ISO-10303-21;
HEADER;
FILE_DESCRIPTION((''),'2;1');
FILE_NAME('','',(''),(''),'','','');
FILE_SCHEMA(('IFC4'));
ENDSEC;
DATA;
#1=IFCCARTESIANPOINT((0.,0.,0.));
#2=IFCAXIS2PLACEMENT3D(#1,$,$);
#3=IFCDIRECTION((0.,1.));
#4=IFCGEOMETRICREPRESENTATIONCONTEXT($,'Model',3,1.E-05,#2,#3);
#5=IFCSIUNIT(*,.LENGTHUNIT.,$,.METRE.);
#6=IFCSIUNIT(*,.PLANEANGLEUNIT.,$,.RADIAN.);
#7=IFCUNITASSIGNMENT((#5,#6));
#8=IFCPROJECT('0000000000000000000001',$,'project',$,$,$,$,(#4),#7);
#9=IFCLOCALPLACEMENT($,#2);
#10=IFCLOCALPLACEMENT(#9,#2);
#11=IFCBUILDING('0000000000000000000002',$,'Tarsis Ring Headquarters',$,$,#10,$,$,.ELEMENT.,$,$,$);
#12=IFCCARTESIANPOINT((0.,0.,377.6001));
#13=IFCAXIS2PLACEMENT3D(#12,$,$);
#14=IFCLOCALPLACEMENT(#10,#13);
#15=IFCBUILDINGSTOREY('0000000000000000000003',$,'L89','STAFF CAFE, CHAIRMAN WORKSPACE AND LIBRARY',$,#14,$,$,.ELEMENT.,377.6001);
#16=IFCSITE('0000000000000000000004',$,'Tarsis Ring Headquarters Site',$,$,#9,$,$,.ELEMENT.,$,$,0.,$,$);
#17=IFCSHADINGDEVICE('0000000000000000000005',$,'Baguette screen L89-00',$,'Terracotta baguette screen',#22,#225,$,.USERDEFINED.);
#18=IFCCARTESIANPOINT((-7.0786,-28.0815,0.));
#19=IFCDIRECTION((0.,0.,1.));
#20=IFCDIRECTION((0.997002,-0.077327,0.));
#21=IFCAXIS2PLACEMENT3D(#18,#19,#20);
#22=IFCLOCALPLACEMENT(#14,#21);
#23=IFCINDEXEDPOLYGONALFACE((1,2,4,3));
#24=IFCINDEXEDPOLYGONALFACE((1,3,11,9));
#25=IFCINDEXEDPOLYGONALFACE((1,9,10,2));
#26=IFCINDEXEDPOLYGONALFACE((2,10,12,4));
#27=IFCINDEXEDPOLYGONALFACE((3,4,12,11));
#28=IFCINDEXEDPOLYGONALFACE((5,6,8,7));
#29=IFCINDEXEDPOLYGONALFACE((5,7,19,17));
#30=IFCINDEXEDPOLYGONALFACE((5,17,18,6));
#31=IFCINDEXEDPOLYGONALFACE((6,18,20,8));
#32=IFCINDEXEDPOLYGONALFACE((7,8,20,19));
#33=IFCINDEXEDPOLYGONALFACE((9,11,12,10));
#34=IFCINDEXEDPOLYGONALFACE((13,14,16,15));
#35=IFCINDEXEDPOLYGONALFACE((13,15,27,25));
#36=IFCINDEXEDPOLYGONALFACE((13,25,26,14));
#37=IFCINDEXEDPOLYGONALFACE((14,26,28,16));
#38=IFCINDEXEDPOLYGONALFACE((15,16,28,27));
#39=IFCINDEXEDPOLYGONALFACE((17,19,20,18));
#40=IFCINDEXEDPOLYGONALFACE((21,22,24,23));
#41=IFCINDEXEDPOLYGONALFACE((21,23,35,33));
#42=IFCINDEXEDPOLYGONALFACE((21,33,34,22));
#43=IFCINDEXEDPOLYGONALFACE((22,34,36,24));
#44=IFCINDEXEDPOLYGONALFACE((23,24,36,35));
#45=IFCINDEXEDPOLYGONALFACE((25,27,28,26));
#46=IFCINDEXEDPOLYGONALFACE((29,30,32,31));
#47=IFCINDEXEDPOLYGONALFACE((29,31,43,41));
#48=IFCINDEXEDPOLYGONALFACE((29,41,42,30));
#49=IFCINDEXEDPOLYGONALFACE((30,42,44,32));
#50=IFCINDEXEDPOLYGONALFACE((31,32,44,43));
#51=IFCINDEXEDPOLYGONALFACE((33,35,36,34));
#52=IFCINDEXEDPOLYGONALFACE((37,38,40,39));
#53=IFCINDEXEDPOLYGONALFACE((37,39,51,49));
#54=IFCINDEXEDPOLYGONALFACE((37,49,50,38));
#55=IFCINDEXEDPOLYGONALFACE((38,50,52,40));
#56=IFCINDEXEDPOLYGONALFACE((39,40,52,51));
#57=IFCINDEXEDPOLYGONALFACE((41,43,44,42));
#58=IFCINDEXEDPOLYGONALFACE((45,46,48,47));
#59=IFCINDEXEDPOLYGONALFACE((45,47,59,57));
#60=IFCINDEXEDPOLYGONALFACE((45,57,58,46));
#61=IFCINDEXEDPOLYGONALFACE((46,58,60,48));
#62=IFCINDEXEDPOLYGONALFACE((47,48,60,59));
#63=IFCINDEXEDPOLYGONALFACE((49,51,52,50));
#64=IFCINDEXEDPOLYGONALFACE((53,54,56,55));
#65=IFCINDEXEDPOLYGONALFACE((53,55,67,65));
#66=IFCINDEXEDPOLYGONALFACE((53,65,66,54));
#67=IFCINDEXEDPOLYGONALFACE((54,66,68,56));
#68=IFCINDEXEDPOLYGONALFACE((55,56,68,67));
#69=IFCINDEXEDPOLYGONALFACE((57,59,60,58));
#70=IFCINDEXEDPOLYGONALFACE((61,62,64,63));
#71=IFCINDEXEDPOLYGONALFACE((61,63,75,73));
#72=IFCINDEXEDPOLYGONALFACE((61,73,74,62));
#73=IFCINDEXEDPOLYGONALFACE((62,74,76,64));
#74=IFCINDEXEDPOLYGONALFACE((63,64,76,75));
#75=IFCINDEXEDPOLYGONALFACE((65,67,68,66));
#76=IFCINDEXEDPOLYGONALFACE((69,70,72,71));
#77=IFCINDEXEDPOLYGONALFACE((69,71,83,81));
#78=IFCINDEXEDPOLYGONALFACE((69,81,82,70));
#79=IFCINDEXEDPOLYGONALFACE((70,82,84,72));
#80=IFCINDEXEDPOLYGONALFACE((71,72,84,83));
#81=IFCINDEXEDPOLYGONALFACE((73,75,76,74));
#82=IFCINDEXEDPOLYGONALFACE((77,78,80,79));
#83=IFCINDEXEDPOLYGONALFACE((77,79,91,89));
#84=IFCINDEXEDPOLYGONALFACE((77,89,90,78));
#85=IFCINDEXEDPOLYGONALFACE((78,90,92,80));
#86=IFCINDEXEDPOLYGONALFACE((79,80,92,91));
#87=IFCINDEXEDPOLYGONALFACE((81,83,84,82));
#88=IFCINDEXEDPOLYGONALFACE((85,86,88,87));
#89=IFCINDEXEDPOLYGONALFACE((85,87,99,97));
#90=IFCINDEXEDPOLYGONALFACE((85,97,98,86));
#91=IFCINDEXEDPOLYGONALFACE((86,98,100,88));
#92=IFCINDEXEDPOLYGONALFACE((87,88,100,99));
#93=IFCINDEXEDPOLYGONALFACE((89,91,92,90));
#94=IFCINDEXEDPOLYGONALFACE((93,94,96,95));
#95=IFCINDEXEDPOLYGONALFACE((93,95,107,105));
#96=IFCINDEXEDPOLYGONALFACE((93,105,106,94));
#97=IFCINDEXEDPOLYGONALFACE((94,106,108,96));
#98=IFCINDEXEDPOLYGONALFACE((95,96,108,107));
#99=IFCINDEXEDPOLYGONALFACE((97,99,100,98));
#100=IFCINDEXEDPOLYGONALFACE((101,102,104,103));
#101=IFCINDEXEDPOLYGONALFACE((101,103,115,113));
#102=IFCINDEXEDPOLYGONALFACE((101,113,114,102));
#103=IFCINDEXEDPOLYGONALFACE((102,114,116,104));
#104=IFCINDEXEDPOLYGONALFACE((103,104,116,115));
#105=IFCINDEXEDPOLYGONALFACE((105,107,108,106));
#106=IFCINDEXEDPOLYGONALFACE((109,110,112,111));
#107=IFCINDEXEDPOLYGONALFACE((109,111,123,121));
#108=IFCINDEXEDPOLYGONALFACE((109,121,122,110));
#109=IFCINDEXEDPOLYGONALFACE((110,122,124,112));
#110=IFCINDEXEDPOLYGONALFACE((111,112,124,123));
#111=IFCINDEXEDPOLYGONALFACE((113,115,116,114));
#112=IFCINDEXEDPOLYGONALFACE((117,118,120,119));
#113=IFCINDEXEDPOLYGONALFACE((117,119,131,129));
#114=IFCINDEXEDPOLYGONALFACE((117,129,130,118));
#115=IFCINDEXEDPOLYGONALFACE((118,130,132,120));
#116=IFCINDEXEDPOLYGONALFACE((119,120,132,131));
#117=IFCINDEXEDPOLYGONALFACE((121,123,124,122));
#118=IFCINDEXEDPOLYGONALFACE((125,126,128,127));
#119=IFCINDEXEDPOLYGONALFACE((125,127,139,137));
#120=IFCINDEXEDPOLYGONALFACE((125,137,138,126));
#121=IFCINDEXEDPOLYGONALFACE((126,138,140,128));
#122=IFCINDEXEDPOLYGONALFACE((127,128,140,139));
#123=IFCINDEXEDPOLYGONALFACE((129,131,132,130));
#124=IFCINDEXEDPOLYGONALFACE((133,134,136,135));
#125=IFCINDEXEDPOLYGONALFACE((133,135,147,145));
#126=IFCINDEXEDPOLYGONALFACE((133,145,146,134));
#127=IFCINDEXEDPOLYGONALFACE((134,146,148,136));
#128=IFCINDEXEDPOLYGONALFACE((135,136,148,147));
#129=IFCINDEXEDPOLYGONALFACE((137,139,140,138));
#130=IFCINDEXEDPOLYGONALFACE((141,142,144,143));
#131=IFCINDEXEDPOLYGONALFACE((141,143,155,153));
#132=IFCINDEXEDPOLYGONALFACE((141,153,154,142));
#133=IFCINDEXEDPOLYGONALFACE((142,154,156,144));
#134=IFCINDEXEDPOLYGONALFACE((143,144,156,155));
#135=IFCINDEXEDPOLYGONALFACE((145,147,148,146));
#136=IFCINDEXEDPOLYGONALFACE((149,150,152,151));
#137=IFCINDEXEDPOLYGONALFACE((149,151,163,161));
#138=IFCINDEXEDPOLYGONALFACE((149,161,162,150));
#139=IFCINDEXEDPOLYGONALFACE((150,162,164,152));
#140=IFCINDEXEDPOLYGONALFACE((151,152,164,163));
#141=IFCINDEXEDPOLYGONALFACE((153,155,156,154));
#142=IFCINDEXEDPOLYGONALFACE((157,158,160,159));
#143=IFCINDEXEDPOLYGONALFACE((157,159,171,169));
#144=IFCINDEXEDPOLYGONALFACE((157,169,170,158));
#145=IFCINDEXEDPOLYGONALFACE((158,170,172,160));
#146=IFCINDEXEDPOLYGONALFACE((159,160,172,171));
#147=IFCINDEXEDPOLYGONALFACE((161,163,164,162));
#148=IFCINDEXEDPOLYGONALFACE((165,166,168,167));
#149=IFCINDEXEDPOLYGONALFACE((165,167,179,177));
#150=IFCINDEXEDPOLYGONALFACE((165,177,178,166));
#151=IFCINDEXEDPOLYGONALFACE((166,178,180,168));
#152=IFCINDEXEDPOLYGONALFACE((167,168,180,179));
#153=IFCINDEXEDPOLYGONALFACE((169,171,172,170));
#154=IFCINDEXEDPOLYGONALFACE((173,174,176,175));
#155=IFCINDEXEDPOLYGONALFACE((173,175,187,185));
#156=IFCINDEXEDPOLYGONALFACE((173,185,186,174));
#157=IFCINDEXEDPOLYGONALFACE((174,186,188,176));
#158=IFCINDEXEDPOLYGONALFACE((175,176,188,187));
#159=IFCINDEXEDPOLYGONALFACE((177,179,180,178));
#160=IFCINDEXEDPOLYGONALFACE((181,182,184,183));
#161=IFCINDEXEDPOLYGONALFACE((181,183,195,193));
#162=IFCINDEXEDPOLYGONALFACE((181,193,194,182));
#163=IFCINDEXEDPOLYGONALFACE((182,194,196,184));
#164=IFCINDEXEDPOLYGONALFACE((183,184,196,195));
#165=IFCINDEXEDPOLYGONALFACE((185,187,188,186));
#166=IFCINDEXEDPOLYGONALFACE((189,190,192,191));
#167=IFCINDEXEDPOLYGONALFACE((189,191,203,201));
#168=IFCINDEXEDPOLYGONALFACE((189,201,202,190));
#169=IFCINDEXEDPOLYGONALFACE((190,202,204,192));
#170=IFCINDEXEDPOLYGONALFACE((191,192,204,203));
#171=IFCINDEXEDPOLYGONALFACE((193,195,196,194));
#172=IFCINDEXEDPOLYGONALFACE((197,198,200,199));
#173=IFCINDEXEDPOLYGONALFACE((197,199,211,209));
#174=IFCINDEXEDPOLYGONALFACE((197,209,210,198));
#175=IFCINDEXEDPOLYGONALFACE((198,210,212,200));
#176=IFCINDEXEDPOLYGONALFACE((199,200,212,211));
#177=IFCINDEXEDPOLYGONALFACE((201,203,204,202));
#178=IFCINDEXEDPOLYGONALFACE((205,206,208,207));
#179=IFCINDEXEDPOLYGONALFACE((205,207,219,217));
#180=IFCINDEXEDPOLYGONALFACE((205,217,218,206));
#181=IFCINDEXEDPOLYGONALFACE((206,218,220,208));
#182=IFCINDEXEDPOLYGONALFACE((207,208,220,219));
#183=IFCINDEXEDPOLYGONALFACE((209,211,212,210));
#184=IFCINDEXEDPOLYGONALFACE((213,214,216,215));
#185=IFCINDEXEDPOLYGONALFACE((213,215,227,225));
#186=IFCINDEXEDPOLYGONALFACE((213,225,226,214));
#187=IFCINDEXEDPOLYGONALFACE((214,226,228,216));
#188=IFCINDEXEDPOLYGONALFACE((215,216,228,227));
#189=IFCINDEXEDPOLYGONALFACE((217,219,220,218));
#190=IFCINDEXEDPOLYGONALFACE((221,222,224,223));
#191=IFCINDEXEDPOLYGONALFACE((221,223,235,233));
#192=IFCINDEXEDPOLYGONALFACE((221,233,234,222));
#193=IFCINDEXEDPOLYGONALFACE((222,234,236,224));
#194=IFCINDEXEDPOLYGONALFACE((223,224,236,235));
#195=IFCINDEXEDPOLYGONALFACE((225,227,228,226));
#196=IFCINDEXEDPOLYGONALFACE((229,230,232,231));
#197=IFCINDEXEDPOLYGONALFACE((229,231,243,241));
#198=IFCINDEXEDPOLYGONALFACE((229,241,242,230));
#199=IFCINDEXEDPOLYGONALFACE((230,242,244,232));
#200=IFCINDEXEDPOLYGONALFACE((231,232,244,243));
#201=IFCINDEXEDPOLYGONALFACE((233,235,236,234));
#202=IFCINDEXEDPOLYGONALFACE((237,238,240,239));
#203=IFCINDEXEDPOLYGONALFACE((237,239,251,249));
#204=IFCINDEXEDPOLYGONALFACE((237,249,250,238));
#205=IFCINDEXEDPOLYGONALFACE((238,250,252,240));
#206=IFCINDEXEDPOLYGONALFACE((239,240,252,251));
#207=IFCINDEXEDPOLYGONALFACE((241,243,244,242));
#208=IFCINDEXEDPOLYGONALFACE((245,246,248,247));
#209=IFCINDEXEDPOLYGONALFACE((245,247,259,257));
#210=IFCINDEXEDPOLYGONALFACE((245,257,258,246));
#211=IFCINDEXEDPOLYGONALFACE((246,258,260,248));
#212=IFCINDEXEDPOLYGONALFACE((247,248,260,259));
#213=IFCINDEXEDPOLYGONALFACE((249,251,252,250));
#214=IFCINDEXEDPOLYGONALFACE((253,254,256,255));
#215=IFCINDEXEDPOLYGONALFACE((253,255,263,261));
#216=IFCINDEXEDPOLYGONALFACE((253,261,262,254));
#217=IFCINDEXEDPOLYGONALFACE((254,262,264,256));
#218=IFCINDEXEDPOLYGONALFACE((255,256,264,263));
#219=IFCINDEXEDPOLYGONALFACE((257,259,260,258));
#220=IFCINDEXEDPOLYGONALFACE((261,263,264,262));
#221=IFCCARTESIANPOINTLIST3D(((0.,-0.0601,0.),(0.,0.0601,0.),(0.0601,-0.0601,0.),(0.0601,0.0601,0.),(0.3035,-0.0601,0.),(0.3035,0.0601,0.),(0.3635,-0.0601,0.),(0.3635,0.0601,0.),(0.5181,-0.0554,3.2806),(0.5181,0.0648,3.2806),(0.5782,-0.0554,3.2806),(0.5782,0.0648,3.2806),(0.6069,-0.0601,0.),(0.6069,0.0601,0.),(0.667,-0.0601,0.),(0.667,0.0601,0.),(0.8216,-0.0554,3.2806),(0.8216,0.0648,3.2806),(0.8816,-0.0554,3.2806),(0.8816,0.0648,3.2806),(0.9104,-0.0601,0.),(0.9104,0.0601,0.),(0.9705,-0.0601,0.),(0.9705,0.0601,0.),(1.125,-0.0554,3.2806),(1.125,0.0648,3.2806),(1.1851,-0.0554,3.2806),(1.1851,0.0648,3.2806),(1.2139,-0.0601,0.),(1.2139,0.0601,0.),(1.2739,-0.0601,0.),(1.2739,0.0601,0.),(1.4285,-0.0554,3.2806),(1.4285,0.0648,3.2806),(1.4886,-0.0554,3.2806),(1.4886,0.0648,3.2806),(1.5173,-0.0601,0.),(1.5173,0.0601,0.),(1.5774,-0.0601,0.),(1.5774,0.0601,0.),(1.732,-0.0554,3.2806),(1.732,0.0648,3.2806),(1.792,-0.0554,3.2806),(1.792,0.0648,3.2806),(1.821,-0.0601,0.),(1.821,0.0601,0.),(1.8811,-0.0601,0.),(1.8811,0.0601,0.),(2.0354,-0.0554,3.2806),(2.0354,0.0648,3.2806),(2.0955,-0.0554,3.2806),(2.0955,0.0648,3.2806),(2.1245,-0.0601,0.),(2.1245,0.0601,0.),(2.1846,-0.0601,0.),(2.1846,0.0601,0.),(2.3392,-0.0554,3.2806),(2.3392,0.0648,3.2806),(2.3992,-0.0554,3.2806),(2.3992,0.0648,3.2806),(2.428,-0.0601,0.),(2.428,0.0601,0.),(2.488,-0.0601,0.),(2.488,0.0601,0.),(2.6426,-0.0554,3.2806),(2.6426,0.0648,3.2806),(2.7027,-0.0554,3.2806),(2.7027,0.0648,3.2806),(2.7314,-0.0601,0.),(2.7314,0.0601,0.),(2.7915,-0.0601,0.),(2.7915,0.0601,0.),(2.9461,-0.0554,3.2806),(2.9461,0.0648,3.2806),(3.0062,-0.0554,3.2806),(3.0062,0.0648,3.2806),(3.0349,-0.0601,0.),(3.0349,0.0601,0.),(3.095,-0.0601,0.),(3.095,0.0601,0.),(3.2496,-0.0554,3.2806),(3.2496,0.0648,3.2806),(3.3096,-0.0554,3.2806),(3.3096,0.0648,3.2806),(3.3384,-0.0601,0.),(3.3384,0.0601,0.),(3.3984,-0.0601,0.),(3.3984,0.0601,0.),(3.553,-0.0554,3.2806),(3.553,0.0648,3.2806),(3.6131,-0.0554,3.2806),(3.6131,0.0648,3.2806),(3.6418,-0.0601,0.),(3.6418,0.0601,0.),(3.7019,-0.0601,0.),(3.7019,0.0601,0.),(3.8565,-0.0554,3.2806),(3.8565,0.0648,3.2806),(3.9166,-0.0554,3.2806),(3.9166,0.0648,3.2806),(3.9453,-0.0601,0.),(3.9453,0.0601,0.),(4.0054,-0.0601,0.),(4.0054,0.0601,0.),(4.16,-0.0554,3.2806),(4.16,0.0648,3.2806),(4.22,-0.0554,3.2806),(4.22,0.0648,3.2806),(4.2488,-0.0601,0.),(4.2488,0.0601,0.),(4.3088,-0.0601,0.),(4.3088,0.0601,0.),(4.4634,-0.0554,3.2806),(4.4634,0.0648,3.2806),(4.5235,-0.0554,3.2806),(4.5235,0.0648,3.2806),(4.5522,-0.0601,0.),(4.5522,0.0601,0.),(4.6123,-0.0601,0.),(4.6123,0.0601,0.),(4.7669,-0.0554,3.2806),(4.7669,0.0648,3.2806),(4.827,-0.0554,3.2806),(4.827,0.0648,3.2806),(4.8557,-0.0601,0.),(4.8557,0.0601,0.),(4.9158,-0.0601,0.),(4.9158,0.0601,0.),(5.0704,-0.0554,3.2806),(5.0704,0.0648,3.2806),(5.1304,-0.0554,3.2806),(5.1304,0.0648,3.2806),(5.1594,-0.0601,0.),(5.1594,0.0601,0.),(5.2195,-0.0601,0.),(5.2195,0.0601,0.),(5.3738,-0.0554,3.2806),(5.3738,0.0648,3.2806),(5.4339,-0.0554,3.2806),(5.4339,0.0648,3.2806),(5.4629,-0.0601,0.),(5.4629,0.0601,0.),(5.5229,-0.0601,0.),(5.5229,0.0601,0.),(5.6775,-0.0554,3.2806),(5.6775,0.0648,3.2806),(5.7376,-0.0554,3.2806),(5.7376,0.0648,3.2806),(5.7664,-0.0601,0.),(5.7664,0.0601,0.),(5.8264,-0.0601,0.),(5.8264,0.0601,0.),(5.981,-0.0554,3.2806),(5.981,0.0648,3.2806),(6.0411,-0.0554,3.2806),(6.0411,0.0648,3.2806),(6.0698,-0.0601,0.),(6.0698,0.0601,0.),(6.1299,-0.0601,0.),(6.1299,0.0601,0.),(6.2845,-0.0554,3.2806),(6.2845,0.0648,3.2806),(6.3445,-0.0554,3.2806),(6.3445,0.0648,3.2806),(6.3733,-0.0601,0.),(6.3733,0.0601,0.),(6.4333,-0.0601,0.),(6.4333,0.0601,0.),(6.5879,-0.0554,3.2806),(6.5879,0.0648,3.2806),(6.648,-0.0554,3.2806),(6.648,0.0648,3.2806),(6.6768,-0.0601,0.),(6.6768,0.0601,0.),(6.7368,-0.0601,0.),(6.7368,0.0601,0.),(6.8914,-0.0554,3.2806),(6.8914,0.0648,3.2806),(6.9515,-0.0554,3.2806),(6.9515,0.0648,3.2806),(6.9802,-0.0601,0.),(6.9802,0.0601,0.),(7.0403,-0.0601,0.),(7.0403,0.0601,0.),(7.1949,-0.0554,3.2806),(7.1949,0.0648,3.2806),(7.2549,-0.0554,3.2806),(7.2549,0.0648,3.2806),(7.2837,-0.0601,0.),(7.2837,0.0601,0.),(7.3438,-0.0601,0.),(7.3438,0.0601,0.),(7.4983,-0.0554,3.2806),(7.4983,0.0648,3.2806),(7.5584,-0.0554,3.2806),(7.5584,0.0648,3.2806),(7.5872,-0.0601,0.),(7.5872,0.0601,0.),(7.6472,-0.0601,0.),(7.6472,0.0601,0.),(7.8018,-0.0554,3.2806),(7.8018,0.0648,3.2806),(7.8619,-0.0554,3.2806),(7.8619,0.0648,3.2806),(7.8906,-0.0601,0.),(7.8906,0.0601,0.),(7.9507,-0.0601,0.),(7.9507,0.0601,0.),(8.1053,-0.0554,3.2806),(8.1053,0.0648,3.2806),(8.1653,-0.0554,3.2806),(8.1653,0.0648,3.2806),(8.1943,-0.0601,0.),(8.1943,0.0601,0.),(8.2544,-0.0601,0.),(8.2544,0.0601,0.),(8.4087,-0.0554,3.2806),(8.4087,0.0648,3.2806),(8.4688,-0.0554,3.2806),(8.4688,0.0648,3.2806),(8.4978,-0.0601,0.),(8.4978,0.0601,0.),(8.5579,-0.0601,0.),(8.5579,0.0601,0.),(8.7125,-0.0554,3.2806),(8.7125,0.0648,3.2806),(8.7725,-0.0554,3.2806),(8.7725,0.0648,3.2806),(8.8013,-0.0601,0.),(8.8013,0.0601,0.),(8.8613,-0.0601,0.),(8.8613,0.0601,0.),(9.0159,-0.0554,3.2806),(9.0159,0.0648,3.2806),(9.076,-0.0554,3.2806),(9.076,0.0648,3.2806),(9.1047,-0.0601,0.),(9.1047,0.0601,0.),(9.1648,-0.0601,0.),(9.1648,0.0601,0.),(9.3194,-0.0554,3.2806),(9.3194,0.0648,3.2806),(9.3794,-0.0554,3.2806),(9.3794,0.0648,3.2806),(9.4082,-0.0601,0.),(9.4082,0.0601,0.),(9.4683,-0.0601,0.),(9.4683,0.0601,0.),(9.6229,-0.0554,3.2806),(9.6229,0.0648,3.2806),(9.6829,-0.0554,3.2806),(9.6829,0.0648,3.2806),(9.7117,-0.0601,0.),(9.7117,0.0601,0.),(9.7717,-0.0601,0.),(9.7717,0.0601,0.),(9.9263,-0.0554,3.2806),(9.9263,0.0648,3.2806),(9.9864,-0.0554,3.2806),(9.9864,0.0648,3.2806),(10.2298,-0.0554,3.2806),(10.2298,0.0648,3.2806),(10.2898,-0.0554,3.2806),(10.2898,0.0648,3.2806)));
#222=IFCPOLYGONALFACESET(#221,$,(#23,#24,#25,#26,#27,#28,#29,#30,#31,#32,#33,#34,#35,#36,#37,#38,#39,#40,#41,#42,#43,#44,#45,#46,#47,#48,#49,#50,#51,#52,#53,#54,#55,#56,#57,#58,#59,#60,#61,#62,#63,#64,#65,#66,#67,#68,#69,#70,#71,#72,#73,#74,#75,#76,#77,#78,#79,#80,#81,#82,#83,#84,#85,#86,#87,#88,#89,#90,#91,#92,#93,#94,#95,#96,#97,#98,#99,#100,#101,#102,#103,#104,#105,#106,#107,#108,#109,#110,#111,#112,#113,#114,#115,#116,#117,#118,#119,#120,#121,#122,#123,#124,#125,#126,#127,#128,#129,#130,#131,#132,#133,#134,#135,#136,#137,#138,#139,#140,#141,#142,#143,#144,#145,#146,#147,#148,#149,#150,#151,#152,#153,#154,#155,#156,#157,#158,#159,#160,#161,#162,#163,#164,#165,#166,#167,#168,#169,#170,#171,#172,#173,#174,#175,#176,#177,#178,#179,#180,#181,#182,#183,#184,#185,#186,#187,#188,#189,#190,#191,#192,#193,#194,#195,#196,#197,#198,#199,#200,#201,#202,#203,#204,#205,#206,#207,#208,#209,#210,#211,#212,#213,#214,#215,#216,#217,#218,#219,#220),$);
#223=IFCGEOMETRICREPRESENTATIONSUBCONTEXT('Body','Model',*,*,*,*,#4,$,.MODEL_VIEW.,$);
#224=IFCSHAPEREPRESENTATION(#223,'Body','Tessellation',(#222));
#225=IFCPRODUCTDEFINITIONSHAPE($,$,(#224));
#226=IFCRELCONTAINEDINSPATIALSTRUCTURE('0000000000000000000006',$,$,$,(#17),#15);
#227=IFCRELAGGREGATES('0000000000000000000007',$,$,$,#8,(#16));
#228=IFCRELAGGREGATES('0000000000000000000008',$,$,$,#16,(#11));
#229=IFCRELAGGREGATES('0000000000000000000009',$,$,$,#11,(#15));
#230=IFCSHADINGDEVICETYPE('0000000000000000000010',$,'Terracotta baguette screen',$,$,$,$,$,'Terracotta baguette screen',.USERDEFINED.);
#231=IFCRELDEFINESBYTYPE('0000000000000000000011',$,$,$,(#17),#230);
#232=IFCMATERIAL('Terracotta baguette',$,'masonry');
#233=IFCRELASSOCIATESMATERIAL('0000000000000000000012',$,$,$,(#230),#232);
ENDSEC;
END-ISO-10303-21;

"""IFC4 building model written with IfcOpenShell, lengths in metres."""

from ifc_helpers import new_model, si_unit, direction, frame, frame_2d, origin, place, context, subcontext, project, spatial, rectangle, composite_profile, extrude, material, type_object, element, save


model = new_model("IFC4")

# Units and contexts
model_context = context("Model", 3, precision=1e-05, world=origin(), true_north=direction((0.0, 1.0)))
body_context = subcontext(model_context, "Body", "Model", "MODEL_VIEW")
ifc_project = project(units=[si_unit("LENGTHUNIT", "METRE"), si_unit("PLANEANGLEUNIT", "RADIAN")], contexts=[model_context])

# Site, building, storey
site_placement = place(None, origin())
site = spatial("IfcSite", under=ifc_project, at=site_placement, Name="Tarsis Ring Headquarters Site", CompositionType="ELEMENT", RefElevation=0.0)
building_placement = place(site_placement, origin())
building = spatial("IfcBuilding", under=site, at=building_placement, Name="Tarsis Ring Headquarters", CompositionType="ELEMENT")
storey_placement = place(building_placement, frame((0.0, 0.0, 377.6001)))
storey = spatial("IfcBuildingStorey", under=building, at=storey_placement, Name="L89", Description="STAFF CAFE, CHAIRMAN WORKSPACE AND LIBRARY", CompositionType="ELEMENT", Elevation=377.6001)

# Shading device
ifc_material_1 = material(Name="Terracotta baguette", Category="masonry")
shading_device_type = type_object("IfcShadingDeviceType", Name="Terracotta baguette screen", ElementType="Terracotta baguette screen", PredefinedType="USERDEFINED", material=ifc_material_1)
shading_device_placement = place(storey_placement, frame((-7.0786, -28.0815, 0.0), z_axis=(0.0, 0.0, 1.0), x_axis=(0.997002, -0.077327, 0.0)))
element("IfcShadingDevice", 1, at=shading_device_placement, inside=storey, type_object=shading_device_type, Name="Baguette screen L89-00", ObjectType="Terracotta baguette screen", PredefinedType="USERDEFINED", context=body_context, shape_type="SweptSolid", body=[
    extrude(composite_profile([rectangle(XDim=0.0601, YDim=0.1201, at=frame_2d((0.03, 0.0))), rectangle(XDim=0.0601, YDim=0.1201, at=frame_2d((0.3335, 0.0))), rectangle(XDim=0.0601, YDim=0.1201, at=frame_2d((0.637, 0.0))), rectangle(XDim=0.0601, YDim=0.1201, at=frame_2d((0.9404, 0.0))), rectangle(XDim=0.0601, YDim=0.1201, at=frame_2d((1.2439, 0.0))), rectangle(XDim=0.0601, YDim=0.1201, at=frame_2d((1.5474, 0.0))), rectangle(XDim=0.0601, YDim=0.1201, at=frame_2d((1.8511, 0.0))), rectangle(XDim=0.0601, YDim=0.1201, at=frame_2d((2.1545, 0.0))), rectangle(XDim=0.0601, YDim=0.1201, at=frame_2d((2.458, 0.0))), rectangle(XDim=0.0601, YDim=0.1201, at=frame_2d((2.7615, 0.0))), rectangle(XDim=0.0601, YDim=0.1201, at=frame_2d((3.0649, 0.0))), rectangle(XDim=0.0601, YDim=0.1201, at=frame_2d((3.3684, 0.0))), rectangle(XDim=0.0601, YDim=0.1201, at=frame_2d((3.6719, 0.0))), rectangle(XDim=0.0601, YDim=0.1201, at=frame_2d((3.9753, 0.0))), rectangle(XDim=0.0601, YDim=0.1201, at=frame_2d((4.2788, 0.0))), rectangle(XDim=0.0601, YDim=0.1201, at=frame_2d((4.5823, 0.0))), rectangle(XDim=0.0601, YDim=0.1201, at=frame_2d((4.8857, 0.0))), rectangle(XDim=0.0601, YDim=0.1201, at=frame_2d((5.1895, 0.0))), rectangle(XDim=0.0601, YDim=0.1201, at=frame_2d((5.4929, 0.0))), rectangle(XDim=0.0601, YDim=0.1201, at=frame_2d((5.7964, 0.0))), rectangle(XDim=0.0601, YDim=0.1201, at=frame_2d((6.0999, 0.0))), rectangle(XDim=0.0601, YDim=0.1201, at=frame_2d((6.4033, 0.0))), rectangle(XDim=0.0601, YDim=0.1201, at=frame_2d((6.7068, 0.0))), rectangle(XDim=0.0601, YDim=0.1201, at=frame_2d((7.0103, 0.0))), rectangle(XDim=0.0601, YDim=0.1201, at=frame_2d((7.3137, 0.0))), rectangle(XDim=0.0601, YDim=0.1201, at=frame_2d((7.6172, 0.0))), rectangle(XDim=0.0601, YDim=0.1201, at=frame_2d((7.9207, 0.0))), rectangle(XDim=0.0601, YDim=0.1201, at=frame_2d((8.2244, 0.0))), rectangle(XDim=0.0601, YDim=0.1201, at=frame_2d((8.5278, 0.0))), rectangle(XDim=0.0601, YDim=0.1201, at=frame_2d((8.8313, 0.0))), rectangle(XDim=0.0601, YDim=0.1201, at=frame_2d((9.1348, 0.0))), rectangle(XDim=0.0601, YDim=0.1201, at=frame_2d((9.4382, 0.0))), rectangle(XDim=0.0601, YDim=0.1201, at=frame_2d((9.7417, 0.0)))]), origin(), (0.155998, 0.001416, 0.987756), 3.3213),
])

save(model, "model.ifc")
